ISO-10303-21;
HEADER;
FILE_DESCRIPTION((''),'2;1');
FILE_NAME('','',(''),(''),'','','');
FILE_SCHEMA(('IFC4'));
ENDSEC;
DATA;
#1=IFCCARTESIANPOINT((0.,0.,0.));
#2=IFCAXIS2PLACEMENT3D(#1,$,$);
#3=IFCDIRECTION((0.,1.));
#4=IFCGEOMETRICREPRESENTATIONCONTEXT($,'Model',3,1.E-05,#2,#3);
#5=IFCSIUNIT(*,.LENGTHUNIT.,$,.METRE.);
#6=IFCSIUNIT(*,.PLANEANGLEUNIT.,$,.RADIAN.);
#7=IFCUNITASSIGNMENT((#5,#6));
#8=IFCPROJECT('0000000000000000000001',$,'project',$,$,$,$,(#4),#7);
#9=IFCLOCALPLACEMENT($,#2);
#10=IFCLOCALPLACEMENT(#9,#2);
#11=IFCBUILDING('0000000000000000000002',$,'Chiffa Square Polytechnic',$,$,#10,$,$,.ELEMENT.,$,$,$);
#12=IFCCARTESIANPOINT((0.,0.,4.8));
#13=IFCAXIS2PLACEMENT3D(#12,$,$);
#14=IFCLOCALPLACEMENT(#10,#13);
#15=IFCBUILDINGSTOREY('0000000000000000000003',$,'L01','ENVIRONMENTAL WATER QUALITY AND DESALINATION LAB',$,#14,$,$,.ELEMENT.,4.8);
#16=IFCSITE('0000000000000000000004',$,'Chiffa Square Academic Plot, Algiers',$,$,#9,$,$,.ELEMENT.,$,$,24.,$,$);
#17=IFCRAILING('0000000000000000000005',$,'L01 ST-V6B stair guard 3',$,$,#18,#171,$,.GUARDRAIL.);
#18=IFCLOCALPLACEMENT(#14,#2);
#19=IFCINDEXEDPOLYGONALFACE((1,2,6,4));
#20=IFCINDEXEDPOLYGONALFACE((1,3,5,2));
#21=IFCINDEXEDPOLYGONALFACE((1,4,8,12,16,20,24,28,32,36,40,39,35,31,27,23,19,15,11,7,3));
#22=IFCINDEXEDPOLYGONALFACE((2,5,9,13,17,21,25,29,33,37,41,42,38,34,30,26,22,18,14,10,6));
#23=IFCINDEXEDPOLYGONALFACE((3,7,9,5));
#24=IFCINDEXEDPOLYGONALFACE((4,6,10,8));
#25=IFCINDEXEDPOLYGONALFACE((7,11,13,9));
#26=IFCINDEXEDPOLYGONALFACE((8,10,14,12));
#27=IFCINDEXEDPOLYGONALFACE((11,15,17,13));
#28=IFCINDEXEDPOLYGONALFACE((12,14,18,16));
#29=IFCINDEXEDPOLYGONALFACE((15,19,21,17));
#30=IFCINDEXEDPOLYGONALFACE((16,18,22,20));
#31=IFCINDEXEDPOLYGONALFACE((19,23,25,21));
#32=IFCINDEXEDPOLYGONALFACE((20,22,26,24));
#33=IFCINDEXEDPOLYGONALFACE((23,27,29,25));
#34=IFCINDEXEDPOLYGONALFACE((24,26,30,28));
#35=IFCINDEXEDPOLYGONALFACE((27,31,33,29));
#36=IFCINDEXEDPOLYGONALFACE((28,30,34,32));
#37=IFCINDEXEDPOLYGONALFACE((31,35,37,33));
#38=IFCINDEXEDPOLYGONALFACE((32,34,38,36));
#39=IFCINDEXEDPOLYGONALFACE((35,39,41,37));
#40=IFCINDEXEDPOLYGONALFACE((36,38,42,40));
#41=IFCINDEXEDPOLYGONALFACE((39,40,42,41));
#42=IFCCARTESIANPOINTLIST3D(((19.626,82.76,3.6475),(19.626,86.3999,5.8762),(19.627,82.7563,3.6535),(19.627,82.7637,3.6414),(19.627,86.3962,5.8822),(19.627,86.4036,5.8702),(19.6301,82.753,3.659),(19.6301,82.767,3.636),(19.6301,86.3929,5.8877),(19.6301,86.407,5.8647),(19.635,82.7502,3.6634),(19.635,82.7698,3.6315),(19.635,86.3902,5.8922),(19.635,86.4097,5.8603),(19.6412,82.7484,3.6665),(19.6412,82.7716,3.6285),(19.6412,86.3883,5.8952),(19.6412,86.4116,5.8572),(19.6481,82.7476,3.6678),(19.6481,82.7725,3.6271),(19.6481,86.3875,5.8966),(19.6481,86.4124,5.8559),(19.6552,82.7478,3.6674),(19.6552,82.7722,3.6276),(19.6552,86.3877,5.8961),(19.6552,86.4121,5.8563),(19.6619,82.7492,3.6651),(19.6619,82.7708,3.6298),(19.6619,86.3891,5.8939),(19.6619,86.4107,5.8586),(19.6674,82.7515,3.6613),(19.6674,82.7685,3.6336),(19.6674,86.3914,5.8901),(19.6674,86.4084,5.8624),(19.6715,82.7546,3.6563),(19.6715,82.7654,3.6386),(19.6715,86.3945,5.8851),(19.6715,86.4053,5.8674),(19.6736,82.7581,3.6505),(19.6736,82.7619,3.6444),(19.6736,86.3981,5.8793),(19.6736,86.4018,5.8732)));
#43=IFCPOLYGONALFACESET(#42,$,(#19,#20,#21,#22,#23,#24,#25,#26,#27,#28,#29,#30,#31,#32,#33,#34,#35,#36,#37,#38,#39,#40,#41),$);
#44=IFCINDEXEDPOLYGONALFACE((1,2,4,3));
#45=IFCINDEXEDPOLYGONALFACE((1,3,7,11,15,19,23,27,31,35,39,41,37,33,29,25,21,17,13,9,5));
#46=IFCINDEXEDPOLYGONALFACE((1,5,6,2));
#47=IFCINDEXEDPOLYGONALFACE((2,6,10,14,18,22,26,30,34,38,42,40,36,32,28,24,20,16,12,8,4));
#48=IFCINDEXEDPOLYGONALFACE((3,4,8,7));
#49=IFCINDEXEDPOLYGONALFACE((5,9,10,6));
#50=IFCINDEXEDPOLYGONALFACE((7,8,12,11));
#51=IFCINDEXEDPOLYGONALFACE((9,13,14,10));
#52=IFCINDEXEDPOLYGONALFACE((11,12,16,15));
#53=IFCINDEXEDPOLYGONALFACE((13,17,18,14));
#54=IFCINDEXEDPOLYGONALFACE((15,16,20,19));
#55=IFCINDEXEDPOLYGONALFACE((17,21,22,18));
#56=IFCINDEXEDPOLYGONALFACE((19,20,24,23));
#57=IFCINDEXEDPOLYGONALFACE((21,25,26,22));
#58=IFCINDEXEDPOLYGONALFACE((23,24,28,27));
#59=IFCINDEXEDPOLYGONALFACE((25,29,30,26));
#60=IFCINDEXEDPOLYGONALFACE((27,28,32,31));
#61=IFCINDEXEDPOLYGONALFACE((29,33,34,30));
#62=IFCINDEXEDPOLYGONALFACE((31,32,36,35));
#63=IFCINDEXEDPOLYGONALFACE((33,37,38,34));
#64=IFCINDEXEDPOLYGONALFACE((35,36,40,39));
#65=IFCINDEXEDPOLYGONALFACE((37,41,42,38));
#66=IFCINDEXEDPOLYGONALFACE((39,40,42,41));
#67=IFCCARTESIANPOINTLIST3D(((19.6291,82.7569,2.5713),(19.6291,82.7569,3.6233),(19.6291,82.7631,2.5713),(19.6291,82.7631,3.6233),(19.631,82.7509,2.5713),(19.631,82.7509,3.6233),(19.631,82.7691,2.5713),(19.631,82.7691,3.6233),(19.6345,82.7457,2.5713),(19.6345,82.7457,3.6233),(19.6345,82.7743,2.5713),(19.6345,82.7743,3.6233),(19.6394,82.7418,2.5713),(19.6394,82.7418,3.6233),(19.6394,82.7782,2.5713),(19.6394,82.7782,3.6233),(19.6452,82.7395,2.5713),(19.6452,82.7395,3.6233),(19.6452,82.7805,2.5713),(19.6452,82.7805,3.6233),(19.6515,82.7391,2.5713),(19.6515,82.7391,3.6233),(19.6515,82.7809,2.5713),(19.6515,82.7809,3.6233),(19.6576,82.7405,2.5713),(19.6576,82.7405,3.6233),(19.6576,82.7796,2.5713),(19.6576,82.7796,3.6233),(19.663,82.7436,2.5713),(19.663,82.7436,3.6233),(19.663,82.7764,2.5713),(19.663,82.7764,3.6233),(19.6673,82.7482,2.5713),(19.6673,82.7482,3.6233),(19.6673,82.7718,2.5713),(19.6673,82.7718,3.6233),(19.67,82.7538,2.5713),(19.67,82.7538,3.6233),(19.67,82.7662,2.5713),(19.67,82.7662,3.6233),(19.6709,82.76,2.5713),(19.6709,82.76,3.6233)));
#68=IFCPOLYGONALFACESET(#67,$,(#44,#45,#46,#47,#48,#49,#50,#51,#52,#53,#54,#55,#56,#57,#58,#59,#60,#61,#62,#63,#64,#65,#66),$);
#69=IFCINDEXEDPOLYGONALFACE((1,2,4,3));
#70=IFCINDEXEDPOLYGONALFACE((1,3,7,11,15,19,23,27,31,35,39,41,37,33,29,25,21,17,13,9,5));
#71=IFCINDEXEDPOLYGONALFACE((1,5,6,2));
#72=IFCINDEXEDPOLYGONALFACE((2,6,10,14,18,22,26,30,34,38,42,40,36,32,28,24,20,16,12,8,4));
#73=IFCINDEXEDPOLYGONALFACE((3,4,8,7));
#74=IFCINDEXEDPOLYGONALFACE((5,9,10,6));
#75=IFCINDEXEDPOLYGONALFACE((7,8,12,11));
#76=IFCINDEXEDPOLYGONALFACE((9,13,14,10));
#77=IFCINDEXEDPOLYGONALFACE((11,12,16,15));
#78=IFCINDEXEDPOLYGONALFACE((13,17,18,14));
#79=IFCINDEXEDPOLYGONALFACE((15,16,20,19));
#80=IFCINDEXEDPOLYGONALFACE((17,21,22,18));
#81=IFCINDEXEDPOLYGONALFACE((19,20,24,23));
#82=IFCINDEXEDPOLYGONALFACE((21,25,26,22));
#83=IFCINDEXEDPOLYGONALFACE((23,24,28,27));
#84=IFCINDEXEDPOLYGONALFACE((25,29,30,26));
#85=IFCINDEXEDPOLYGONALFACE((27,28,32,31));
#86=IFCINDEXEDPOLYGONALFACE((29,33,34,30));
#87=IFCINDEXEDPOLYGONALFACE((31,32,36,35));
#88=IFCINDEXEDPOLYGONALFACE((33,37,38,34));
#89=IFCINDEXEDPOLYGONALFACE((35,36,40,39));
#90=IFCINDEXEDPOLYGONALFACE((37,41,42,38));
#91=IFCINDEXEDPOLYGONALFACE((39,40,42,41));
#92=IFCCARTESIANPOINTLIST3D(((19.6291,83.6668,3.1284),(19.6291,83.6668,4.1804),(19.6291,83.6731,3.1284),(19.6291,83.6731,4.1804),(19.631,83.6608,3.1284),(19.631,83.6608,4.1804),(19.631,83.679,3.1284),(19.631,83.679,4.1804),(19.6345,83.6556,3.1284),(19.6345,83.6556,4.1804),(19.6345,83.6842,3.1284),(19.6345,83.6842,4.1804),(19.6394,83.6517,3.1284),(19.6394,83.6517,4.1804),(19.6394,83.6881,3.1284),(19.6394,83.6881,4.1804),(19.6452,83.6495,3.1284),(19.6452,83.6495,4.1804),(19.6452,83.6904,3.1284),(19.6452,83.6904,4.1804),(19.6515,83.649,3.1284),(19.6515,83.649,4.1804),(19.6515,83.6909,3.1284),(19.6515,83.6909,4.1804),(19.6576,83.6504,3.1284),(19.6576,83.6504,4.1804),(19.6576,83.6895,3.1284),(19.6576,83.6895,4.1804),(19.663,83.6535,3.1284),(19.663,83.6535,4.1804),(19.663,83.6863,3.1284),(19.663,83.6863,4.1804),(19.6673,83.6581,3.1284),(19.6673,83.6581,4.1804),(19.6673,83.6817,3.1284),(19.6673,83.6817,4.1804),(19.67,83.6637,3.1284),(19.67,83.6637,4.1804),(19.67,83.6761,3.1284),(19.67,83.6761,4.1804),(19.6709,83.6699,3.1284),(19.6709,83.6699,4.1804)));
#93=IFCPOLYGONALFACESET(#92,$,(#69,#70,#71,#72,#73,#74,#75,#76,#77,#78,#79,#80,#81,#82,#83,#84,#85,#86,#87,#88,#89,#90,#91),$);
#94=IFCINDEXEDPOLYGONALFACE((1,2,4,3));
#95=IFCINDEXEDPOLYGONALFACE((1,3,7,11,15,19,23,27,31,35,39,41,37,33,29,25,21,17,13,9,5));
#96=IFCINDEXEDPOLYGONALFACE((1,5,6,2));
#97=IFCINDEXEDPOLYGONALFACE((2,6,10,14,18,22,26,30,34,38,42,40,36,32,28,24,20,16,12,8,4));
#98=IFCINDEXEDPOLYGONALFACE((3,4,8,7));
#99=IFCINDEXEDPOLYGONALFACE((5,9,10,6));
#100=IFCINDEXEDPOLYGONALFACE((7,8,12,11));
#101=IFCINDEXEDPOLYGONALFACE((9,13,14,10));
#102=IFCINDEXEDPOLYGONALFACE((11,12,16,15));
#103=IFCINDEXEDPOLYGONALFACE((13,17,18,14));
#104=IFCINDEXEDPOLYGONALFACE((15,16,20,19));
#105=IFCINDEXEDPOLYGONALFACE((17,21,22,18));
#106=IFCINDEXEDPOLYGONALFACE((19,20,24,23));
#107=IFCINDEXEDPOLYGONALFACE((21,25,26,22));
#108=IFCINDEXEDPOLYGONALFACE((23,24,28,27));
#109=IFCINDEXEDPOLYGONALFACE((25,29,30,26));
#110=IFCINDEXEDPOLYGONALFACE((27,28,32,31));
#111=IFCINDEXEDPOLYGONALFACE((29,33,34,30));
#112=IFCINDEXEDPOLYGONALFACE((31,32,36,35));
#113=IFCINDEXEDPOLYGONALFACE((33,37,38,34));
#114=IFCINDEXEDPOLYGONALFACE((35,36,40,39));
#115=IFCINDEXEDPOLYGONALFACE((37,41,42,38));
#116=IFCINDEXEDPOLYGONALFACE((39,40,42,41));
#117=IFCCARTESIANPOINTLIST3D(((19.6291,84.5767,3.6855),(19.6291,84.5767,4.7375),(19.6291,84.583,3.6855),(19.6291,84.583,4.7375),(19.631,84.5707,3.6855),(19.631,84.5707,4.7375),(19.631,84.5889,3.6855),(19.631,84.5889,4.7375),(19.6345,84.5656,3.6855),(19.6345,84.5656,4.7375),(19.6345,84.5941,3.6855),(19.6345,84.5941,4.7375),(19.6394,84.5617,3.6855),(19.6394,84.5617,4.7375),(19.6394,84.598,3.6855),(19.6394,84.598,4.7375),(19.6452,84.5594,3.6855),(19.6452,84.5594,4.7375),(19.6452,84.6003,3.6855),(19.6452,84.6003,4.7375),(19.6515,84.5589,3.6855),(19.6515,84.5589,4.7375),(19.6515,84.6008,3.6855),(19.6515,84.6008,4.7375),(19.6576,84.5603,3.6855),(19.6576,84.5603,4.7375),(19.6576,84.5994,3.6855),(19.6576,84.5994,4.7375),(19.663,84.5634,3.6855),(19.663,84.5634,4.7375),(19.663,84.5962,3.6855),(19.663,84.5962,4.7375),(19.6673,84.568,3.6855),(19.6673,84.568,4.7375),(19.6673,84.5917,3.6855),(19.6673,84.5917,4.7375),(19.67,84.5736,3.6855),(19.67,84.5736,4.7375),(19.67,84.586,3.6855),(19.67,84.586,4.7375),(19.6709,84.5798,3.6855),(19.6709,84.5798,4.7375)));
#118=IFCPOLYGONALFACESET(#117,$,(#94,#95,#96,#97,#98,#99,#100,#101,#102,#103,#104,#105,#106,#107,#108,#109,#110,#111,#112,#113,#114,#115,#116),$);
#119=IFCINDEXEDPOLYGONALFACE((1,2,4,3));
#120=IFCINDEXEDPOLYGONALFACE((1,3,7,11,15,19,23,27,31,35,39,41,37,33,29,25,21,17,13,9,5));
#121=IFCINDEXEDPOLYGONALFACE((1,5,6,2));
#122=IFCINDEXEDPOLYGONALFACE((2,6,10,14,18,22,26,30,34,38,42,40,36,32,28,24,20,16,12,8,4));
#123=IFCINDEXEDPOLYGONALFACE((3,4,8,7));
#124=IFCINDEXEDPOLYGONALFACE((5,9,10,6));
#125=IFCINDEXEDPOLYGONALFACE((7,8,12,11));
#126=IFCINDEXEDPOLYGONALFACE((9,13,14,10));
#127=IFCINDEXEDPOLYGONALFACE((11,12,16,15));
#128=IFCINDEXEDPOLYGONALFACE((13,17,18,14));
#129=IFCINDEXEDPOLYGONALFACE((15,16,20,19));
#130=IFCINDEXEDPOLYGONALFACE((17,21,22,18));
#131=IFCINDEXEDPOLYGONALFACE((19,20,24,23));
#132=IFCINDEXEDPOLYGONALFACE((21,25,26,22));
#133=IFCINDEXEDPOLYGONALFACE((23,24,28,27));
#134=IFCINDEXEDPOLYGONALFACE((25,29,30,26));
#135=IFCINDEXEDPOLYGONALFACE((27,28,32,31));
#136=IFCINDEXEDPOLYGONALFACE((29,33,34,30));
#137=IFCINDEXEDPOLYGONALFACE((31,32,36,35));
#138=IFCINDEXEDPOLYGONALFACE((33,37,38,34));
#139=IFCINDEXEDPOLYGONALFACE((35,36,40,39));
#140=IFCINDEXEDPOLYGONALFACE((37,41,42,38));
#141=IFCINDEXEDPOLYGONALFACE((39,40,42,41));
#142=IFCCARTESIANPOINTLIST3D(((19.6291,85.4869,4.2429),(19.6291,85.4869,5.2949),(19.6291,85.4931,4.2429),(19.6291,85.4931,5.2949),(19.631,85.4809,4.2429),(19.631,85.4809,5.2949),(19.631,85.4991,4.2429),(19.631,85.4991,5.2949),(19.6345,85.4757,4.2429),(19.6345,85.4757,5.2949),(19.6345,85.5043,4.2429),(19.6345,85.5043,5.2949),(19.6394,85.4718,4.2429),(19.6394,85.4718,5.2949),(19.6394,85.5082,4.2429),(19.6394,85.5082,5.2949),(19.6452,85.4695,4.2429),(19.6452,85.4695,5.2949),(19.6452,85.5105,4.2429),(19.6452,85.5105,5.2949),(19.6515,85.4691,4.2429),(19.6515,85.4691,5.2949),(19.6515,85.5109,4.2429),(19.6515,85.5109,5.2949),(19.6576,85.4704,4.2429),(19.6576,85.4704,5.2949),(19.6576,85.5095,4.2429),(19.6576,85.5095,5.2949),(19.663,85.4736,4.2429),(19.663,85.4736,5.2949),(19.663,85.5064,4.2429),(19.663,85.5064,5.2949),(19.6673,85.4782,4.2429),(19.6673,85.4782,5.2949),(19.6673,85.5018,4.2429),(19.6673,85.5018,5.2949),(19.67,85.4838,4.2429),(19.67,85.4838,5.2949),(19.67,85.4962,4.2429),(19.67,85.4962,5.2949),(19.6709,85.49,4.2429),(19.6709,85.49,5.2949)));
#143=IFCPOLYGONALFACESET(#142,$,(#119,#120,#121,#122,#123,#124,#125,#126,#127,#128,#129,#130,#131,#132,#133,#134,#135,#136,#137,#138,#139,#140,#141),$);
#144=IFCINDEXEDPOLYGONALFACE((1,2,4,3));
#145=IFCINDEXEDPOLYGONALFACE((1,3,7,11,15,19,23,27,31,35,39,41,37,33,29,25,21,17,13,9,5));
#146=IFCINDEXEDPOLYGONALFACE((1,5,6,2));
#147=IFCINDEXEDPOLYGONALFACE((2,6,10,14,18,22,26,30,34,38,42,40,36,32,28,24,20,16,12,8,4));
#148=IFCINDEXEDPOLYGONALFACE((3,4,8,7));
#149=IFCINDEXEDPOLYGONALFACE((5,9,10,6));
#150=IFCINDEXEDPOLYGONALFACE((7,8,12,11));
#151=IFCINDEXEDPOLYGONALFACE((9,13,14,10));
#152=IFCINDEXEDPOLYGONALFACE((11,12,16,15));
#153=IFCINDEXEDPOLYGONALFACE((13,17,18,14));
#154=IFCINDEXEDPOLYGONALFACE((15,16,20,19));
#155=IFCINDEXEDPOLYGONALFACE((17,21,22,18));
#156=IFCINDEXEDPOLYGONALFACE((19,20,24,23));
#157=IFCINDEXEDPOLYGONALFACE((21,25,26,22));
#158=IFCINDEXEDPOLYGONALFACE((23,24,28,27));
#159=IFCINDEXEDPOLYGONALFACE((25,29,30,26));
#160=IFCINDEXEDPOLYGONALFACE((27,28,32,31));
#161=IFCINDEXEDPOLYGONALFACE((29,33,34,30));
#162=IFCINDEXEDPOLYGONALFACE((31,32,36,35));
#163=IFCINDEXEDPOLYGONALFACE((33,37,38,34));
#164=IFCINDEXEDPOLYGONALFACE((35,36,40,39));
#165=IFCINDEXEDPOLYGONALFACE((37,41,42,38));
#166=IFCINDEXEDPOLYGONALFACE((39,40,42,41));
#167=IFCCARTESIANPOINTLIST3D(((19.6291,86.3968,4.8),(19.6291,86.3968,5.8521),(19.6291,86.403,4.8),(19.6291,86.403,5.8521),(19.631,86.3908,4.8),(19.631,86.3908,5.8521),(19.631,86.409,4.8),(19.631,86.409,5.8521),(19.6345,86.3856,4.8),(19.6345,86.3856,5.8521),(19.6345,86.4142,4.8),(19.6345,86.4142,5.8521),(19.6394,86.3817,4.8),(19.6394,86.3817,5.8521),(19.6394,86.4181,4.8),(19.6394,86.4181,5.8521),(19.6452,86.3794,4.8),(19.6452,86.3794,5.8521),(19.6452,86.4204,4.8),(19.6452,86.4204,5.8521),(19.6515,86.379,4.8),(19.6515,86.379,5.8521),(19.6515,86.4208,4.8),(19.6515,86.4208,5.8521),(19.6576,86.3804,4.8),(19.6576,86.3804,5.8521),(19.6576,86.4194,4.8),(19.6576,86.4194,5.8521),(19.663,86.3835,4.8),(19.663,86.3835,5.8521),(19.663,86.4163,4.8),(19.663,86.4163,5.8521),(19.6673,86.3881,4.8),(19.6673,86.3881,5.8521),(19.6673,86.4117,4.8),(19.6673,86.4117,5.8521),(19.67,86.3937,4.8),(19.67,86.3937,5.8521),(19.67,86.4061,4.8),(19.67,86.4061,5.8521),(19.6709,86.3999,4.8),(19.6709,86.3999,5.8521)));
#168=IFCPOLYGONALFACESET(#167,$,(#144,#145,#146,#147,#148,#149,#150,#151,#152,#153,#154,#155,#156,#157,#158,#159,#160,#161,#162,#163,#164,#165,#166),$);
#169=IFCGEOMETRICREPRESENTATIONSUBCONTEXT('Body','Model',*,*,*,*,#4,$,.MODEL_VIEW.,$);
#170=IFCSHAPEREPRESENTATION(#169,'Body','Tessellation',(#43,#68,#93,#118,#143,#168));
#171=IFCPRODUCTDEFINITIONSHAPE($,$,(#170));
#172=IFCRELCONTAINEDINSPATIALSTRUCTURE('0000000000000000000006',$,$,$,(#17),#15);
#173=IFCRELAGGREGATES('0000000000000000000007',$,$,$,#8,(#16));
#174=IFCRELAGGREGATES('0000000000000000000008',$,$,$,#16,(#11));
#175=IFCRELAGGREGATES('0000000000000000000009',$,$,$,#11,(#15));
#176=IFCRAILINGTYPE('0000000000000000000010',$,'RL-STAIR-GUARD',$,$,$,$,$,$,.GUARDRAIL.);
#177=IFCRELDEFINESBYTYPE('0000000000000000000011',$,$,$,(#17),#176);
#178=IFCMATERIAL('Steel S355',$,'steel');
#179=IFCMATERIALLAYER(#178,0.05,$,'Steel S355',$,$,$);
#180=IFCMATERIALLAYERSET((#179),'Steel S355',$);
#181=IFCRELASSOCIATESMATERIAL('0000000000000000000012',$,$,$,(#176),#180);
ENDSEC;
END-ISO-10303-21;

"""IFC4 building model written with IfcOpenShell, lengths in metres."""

from ifc_helpers import new_model, si_unit, direction, frame, origin, origin_2d, place, context, subcontext, project, spatial, circle, extrude, material, layer, layer_set, type_object, element, save


model = new_model("IFC4")

# Units and contexts
model_context = context("Model", 3, precision=1e-05, world=origin(), true_north=direction((0.0, 1.0)))
body_context = subcontext(model_context, "Body", "Model", "MODEL_VIEW")
ifc_project = project(units=[si_unit("LENGTHUNIT", "METRE"), si_unit("PLANEANGLEUNIT", "RADIAN")], contexts=[model_context])

# Site, building, storey
site_placement = place(None, origin())
site = spatial("IfcSite", under=ifc_project, at=site_placement, Name="Chiffa Square Academic Plot, Algiers", CompositionType="ELEMENT", RefElevation=24.0)
building_placement = place(site_placement, origin())
building = spatial("IfcBuilding", under=site, at=building_placement, Name="Chiffa Square Polytechnic", CompositionType="ELEMENT")
storey_placement = place(building_placement, frame((0.0, 0.0, 4.8)))
storey = spatial("IfcBuildingStorey", under=building, at=storey_placement, Name="L01", Description="ENVIRONMENTAL WATER QUALITY AND DESALINATION LAB", CompositionType="ELEMENT", Elevation=4.8)

# Railing
ifc_material_1 = material(Name="Steel S355", Category="steel")
ifc_layer_1 = layer(ifc_material_1, 0.05, Name="Steel S355")
ifc_layer_set_1 = layer_set([ifc_layer_1], Name="Steel S355")
railing_type_1 = type_object("IfcRailingType", Name="RL-STAIR-GUARD", PredefinedType="GUARDRAIL", material=ifc_layer_set_1)
railing_1_placement = place(storey_placement, frame((19.6499, 82.76, 2.5713)))
element("IfcRailing", 1, at=railing_1_placement, inside=storey, type_object=railing_type_1, Name="L01 ST-V6B stair guard 3", PredefinedType="GUARDRAIL", context=body_context, shape_type="SweptSolid", body=[
    extrude(circle(Radius=0.0239, at=origin_2d()), frame((0.0, 0.0, 1.0762), z_axis=(0.0, 0.852825, 0.522197), x_axis=(-1.0, 0.0, 0.0)), (0.0, 0.0, 1.0), 4.2681),
    extrude(circle(Radius=0.021, at=origin_2d()), origin(), (0.0, 0.0, 1.0), 1.052),
    extrude(circle(Radius=0.021, at=origin_2d()), frame((0.0, 0.9099, 0.5571)), (0.0, 0.0, 1.0), 1.052),
    extrude(circle(Radius=0.021, at=origin_2d()), frame((0.0, 1.8198, 1.1143)), (0.0, 0.0, 1.0), 1.052),
    extrude(circle(Radius=0.021, at=origin_2d()), frame((0.0, 2.73, 1.6716)), (0.0, 0.0, 1.0), 1.052),
    extrude(circle(Radius=0.021, at=origin_2d()), frame((0.0, 3.6399, 2.2288)), (0.0, 0.0, 1.0), 1.052),
])

save(model, "model.ifc")
